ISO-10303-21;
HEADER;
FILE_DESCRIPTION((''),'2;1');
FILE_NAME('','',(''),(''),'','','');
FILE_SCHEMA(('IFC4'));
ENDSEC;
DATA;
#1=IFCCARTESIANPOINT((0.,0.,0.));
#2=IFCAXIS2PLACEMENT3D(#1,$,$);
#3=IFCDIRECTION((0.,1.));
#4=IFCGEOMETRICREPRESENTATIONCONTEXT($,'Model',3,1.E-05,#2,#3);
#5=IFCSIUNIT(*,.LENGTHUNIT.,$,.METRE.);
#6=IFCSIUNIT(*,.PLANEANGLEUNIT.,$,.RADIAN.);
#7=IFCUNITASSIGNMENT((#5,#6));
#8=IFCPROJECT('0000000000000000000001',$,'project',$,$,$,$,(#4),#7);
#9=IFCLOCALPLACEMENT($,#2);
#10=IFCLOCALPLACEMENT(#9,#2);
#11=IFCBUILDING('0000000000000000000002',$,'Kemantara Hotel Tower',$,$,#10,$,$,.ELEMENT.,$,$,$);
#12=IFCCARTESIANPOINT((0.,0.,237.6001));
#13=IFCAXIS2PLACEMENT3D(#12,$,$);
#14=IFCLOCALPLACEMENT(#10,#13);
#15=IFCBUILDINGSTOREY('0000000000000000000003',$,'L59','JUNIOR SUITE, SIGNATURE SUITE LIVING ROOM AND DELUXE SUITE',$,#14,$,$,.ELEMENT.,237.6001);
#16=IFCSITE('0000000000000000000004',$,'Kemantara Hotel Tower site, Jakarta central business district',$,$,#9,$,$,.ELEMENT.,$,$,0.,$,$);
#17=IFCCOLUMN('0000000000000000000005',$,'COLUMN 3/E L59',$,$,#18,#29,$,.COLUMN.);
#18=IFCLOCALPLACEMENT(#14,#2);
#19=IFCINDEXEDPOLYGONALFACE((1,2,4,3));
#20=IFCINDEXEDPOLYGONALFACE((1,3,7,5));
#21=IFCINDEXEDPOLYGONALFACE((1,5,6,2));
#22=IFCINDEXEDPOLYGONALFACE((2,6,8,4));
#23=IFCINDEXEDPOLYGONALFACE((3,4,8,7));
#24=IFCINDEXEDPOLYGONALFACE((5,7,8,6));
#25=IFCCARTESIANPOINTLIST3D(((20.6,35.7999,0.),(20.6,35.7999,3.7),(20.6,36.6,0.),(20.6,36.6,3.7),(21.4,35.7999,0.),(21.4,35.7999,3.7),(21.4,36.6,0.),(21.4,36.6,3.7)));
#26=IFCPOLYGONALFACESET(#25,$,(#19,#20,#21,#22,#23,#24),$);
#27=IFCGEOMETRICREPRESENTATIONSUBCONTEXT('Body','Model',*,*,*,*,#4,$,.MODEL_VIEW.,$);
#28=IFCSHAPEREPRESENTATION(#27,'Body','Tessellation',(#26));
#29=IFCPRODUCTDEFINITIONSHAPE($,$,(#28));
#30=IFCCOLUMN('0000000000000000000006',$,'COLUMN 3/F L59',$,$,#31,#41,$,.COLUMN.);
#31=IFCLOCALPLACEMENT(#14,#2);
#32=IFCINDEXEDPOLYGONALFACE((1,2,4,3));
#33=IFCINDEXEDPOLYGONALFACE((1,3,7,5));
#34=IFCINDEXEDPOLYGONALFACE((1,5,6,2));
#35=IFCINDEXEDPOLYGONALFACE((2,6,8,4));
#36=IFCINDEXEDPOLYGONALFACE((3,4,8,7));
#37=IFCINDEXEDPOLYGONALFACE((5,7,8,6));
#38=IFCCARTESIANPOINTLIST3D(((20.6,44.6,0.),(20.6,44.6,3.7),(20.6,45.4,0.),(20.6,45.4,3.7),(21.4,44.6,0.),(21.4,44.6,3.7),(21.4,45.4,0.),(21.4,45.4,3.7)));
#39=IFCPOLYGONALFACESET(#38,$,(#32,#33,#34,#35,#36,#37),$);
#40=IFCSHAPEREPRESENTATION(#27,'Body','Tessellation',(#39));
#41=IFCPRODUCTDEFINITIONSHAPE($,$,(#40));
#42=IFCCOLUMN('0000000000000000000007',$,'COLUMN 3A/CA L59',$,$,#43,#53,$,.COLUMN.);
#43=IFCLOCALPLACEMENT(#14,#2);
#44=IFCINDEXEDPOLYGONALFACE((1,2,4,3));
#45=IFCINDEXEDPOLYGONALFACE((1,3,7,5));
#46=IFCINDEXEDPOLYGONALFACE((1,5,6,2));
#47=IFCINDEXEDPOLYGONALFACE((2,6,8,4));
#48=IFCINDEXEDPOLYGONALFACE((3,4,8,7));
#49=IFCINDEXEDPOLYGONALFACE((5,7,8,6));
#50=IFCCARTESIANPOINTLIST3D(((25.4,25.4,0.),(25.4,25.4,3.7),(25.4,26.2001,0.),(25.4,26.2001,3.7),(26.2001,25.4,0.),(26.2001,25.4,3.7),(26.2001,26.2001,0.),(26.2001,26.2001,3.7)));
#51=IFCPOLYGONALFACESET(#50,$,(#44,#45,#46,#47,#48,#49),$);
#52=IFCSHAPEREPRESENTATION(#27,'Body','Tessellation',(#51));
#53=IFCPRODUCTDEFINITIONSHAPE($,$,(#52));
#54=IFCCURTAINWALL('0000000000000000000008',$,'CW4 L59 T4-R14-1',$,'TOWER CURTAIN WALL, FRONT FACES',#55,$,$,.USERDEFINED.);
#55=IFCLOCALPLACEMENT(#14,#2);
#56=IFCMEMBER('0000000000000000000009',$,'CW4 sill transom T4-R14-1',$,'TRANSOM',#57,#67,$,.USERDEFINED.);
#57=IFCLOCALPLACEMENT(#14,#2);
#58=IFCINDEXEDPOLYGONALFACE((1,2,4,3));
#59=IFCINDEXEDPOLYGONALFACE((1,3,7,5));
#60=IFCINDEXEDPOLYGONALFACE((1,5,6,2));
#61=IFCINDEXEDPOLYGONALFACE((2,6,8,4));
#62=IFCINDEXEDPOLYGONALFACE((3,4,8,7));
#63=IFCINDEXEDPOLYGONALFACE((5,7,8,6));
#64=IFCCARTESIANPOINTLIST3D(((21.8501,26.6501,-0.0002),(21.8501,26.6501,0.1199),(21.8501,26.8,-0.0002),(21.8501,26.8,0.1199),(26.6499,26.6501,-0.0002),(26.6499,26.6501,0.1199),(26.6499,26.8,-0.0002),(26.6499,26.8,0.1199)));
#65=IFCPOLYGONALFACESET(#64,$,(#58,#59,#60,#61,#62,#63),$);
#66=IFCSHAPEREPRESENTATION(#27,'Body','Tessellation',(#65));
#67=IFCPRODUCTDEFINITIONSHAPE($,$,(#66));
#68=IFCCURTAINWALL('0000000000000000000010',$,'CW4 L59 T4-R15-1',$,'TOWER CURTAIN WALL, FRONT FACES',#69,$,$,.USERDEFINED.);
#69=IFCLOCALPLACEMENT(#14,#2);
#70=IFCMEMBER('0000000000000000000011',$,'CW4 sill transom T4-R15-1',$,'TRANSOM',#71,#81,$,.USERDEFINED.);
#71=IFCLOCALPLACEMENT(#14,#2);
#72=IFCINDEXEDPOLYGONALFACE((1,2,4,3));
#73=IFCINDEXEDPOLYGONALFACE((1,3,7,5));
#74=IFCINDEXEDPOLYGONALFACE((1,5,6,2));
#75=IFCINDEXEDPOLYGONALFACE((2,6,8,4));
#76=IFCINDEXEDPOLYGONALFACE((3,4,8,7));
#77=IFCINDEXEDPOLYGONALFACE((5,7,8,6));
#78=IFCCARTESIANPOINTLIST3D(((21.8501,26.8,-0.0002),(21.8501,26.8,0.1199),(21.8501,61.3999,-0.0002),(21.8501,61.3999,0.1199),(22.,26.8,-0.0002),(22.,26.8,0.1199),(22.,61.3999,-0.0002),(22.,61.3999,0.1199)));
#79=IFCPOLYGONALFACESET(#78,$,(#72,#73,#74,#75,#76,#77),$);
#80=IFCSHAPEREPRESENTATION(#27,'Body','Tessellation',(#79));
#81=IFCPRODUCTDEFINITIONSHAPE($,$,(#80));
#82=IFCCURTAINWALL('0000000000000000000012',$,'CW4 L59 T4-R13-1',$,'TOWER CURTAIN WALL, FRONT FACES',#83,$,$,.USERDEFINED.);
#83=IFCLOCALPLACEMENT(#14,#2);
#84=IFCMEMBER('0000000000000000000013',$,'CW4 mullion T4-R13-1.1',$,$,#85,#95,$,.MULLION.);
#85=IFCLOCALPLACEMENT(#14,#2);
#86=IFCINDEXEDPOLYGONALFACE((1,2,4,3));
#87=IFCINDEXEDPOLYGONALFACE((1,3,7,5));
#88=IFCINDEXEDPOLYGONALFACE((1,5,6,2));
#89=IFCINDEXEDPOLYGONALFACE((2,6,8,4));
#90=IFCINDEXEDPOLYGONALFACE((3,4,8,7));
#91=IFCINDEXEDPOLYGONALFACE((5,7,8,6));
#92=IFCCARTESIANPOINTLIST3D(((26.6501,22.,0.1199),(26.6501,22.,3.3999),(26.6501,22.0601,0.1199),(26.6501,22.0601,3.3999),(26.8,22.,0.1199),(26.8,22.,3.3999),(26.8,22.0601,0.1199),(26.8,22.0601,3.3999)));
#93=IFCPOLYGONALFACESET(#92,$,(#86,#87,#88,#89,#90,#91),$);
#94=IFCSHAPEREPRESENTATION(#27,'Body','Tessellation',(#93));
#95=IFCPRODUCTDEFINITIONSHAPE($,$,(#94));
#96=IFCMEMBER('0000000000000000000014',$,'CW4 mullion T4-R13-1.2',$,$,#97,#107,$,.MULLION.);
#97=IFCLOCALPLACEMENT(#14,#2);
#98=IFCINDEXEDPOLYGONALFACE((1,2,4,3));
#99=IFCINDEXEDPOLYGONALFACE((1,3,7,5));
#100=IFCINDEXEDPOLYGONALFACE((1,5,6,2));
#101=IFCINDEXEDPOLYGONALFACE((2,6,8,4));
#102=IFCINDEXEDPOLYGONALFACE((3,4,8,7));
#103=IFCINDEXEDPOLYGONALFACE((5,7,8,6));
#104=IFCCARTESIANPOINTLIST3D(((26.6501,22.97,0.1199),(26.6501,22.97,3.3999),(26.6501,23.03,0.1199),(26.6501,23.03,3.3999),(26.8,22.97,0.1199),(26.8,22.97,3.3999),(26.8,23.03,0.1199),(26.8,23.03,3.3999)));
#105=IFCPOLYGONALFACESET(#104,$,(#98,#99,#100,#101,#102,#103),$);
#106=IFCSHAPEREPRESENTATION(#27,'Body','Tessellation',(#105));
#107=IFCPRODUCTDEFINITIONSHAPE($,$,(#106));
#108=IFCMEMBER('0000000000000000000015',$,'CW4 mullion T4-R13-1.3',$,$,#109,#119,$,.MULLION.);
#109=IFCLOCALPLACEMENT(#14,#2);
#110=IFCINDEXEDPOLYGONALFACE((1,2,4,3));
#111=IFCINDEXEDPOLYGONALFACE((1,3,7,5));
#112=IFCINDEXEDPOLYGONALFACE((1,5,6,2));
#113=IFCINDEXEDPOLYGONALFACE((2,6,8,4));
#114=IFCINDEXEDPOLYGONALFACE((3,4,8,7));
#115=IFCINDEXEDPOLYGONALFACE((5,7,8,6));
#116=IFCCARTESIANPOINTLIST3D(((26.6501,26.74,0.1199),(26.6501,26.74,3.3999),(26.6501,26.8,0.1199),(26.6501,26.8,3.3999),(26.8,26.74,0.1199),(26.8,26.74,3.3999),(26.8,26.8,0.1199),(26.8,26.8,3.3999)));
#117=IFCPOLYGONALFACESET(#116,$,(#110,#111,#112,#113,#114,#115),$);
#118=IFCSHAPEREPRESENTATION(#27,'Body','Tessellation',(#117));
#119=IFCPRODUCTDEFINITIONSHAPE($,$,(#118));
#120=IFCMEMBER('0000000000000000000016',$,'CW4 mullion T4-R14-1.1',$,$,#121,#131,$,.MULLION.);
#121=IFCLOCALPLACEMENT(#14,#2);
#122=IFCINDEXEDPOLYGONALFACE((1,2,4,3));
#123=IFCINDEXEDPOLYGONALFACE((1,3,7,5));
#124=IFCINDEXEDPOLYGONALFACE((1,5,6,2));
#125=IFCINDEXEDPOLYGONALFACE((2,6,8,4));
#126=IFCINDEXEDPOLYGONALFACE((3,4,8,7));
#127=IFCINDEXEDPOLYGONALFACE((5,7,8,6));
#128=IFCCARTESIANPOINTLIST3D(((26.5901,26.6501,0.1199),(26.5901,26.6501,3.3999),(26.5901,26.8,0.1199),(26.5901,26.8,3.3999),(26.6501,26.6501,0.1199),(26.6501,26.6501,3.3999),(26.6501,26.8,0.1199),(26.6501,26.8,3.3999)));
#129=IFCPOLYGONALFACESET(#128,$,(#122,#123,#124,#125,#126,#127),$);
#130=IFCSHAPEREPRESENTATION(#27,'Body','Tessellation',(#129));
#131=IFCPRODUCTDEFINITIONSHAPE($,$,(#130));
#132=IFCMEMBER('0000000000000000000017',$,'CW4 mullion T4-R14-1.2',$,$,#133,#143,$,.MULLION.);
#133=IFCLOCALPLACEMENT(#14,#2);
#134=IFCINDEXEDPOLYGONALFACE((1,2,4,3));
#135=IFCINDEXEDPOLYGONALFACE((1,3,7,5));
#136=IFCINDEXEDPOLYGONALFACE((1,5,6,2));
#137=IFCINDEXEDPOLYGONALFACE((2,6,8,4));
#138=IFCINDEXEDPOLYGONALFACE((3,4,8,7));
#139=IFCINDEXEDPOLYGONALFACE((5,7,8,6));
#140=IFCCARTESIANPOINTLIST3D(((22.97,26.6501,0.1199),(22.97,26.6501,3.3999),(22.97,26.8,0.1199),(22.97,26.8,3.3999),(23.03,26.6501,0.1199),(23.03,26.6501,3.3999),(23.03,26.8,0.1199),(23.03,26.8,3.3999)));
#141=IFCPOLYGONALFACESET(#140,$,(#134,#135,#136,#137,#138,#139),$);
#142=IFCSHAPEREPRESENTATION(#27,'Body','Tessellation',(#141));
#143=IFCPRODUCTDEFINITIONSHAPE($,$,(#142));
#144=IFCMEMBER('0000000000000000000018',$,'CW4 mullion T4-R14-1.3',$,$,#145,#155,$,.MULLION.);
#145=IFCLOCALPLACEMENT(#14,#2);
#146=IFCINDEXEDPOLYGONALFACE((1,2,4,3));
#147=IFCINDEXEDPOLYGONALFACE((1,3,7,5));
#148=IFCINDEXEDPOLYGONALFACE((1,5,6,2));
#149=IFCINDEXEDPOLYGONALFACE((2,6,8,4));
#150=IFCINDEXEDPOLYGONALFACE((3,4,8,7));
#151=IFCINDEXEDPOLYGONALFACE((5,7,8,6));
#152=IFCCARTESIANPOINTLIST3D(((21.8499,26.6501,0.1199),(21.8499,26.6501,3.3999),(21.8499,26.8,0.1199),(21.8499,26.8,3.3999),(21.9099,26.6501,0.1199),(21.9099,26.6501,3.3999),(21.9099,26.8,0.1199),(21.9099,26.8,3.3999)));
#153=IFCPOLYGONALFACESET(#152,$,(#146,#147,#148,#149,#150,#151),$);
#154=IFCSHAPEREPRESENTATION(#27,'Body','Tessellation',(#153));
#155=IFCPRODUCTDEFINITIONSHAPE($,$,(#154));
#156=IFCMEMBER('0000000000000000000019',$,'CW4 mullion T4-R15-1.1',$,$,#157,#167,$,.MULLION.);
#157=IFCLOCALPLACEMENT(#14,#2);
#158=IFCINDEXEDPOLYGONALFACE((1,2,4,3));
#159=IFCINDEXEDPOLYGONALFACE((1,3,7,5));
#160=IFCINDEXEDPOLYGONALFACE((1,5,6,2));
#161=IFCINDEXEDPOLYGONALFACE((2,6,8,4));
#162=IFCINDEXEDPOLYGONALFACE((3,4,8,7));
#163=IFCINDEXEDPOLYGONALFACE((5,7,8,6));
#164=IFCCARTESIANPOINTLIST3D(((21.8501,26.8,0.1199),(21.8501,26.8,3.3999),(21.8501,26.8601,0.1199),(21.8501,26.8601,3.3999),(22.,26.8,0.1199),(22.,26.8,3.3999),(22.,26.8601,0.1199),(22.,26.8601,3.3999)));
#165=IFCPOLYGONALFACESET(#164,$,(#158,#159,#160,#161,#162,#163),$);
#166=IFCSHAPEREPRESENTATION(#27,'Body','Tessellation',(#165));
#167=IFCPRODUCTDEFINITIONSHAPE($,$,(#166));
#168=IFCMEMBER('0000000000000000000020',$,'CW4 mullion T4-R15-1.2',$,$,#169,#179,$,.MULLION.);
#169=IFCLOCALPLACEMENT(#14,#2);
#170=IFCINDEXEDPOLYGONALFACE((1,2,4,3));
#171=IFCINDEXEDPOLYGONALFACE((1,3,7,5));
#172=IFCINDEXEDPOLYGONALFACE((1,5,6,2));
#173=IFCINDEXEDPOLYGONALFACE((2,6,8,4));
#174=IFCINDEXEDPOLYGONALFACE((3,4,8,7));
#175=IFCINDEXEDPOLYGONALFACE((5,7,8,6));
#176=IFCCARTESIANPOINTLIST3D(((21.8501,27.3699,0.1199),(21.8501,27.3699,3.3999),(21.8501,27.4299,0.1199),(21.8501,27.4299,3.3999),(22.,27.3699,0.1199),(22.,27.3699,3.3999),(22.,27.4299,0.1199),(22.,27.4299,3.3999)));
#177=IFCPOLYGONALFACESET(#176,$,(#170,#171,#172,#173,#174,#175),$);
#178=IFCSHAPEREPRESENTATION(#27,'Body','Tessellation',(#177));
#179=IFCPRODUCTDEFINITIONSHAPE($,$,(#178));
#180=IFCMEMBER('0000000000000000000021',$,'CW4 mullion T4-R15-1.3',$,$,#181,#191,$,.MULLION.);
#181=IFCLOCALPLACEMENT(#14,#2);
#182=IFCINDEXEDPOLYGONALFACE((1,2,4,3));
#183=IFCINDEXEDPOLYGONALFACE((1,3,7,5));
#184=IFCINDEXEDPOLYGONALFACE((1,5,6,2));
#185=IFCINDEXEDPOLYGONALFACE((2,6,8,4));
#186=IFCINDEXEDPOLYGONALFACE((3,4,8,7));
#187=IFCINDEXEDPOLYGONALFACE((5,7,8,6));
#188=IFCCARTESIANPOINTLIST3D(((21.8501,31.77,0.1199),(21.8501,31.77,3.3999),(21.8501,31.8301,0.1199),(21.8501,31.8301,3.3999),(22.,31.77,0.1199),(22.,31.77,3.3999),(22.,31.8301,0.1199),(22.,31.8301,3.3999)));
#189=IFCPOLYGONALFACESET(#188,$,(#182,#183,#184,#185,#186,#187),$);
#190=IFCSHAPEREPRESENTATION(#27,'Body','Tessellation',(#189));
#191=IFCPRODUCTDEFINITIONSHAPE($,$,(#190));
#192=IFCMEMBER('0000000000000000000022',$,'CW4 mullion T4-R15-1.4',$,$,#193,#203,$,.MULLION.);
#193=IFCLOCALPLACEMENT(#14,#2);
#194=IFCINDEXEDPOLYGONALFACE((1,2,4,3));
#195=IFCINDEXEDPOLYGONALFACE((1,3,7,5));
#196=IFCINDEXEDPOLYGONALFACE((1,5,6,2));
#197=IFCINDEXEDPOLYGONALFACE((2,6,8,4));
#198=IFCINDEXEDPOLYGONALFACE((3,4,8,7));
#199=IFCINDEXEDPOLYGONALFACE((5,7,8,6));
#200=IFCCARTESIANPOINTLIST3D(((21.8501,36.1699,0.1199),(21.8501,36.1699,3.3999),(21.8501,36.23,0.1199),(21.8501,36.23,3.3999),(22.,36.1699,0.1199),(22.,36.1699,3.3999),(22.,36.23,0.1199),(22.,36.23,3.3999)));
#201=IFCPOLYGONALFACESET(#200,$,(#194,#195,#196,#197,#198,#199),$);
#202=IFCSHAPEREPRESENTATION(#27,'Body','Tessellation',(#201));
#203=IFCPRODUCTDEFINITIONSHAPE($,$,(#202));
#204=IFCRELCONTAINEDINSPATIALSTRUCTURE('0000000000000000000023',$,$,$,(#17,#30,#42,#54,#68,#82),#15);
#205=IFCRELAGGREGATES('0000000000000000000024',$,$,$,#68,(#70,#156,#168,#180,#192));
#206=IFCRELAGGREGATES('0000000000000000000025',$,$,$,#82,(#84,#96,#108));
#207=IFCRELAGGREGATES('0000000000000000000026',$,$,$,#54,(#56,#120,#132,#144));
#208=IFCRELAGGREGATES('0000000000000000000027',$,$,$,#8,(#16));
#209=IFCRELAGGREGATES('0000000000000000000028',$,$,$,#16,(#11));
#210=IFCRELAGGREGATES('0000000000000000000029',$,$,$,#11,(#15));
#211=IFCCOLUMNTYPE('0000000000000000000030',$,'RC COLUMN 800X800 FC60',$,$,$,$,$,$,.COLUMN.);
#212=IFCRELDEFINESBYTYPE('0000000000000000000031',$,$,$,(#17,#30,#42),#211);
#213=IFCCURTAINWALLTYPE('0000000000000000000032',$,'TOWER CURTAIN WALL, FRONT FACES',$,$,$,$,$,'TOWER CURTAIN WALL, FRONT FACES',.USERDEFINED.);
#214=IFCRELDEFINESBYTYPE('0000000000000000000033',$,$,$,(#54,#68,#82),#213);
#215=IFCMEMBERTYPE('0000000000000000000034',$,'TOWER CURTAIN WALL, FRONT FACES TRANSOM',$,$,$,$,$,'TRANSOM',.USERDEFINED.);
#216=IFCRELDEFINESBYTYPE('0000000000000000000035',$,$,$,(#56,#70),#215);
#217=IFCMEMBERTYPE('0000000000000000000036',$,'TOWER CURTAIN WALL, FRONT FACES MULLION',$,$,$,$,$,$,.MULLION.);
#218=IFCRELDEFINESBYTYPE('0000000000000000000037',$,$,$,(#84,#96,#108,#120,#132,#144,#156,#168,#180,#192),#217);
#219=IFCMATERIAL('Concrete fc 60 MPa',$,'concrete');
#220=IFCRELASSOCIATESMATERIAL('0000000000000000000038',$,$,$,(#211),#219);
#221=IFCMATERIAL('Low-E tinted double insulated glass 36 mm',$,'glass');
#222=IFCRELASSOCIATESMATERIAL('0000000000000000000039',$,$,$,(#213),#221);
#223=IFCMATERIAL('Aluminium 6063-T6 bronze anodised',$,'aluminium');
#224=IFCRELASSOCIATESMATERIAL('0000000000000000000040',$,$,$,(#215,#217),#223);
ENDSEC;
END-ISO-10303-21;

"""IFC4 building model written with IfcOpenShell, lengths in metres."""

from ifc_helpers import new_model, si_unit, direction, frame, origin, origin_2d, place, context, subcontext, project, spatial, rectangle, extrude, source, transform, mapped, material, material_profile, profile_set, type_object, element, aggregate, save


model = new_model("IFC4")

# Units and contexts
model_context = context("Model", 3, precision=1e-05, world=origin(), true_north=direction((0.0, 1.0)))
body_context = subcontext(model_context, "Body", "Model", "MODEL_VIEW")
ifc_project = project(units=[si_unit("LENGTHUNIT", "METRE"), si_unit("PLANEANGLEUNIT", "RADIAN")], contexts=[model_context])

# Site, building, storey
site_placement = place(None, origin())
site = spatial("IfcSite", under=ifc_project, at=site_placement, Name="Kemantara Hotel Tower site, Jakarta central business district", CompositionType="ELEMENT", RefElevation=0.0)
building_placement = place(site_placement, origin())
building = spatial("IfcBuilding", under=site, at=building_placement, Name="Kemantara Hotel Tower", CompositionType="ELEMENT")
storey_placement = place(building_placement, frame((0.0, 0.0, 237.6001)))
storey = spatial("IfcBuildingStorey", under=building, at=storey_placement, Name="L59", Description="JUNIOR SUITE, SIGNATURE SUITE LIVING ROOM AND DELUXE SUITE", CompositionType="ELEMENT", Elevation=237.6001)

# Columns
ifc_material_1 = material(Name="Concrete fc 60 MPa", Category="concrete")
ifc_material_profile_1 = material_profile(ifc_material_1, rectangle(XDim=0.8, YDim=0.8, at=origin_2d()), Name="RC 800X800")
ifc_profile_set_1 = profile_set([ifc_material_profile_1], Name="Concrete fc 60 MPa")
column_type = type_object("IfcColumnType", Name="RC COLUMN 800X800 FC60", PredefinedType="COLUMN", material=ifc_profile_set_1)
for number, where, z_axis, x_axis, name in (
    (1, (21.0, 36.2, 0.0), (0.0, 0.0, 1.0), (1.0, 0.0, 0.0), "COLUMN 3/E L59"),
    (2, (21.0, 45.0, 0.0), (0.0, 0.0, 1.0), (1.0, 0.0, 0.0), "COLUMN 3/F L59"),
    (3, (25.8, 25.8, 0.0), (0.0, 0.0, 1.0), (1.0, 0.0, 0.0), "COLUMN 3A/CA L59"),
):
    element("IfcColumn", number, at=place(storey_placement, frame(where, z_axis=z_axis, x_axis=x_axis)), inside=storey, type_object=column_type, Name=name, PredefinedType="COLUMN", context=body_context, shape_type="SweptSolid", body=[
        extrude(rectangle(XDim=0.8, YDim=0.8, at=origin_2d()), origin(), (0.0, 0.0, 1.0), 3.7),
    ])

# Curtain walls, members
ifc_material_2 = material(Name="Low-E tinted double insulated glass 36 mm", Category="glass")
curtain_wall_type = type_object("IfcCurtainWallType", Name="TOWER CURTAIN WALL, FRONT FACES", ElementType="TOWER CURTAIN WALL, FRONT FACES", PredefinedType="USERDEFINED", material=ifc_material_2)
curtain_wall_1_placement = place(storey_placement, origin())
curtain_wall_1 = element("IfcCurtainWall", 4, at=curtain_wall_1_placement, inside=storey, type_object=curtain_wall_type, Name="CW4 L59 T4-R14-1", ObjectType="TOWER CURTAIN WALL, FRONT FACES", PredefinedType="USERDEFINED")
ifc_material_3 = material(Name="Aluminium 6063-T6 bronze anodised", Category="aluminium")
ifc_material_profile_2 = material_profile(ifc_material_3, rectangle(XDim=0.1499, YDim=0.1201, at=origin_2d()), Name="TOWER CURTAIN WALL, FRONT FACES TRANSOM")
ifc_profile_set_2 = profile_set([ifc_material_profile_2], Name="Aluminium 6063-T6 bronze anodised")
member_type_1 = type_object("IfcMemberType", Name="TOWER CURTAIN WALL, FRONT FACES TRANSOM", ElementType="TRANSOM", PredefinedType="USERDEFINED", material=ifc_profile_set_2)
member_1_placement = place(storey_placement, frame((26.6499, 26.7251, 0.0598), z_axis=(-1.0, 0.0, 0.0), x_axis=(0.0, -1.0, 0.0)))
member_1 = element("IfcMember", 5, at=member_1_placement, type_object=member_type_1, Name="CW4 sill transom T4-R14-1", ObjectType="TRANSOM", PredefinedType="USERDEFINED", context=body_context, shape_type="SweptSolid", body=[
    extrude(rectangle(XDim=0.1499, YDim=0.1201, at=origin_2d()), origin(), (0.0, 0.0, 1.0), 4.7998),
])
curtain_wall_2_placement = place(storey_placement, origin())
curtain_wall_2 = element("IfcCurtainWall", 6, at=curtain_wall_2_placement, inside=storey, type_object=curtain_wall_type, Name="CW4 L59 T4-R15-1", ObjectType="TOWER CURTAIN WALL, FRONT FACES", PredefinedType="USERDEFINED")
member_2_placement = place(storey_placement, frame((21.925, 26.8, 0.0598), z_axis=(0.0, 1.0, 0.0), x_axis=(-1.0, 0.0, 0.0)))
member_2 = element("IfcMember", 7, at=member_2_placement, type_object=member_type_1, Name="CW4 sill transom T4-R15-1", ObjectType="TRANSOM", PredefinedType="USERDEFINED", context=body_context, shape_type="SweptSolid", body=[
    extrude(rectangle(XDim=0.1499, YDim=0.1201, at=origin_2d()), origin(), (0.0, 0.0, 1.0), 34.5999),
])

# Curtain wall, members
curtain_wall_3_placement = place(storey_placement, origin())
curtain_wall_3 = element("IfcCurtainWall", 8, at=curtain_wall_3_placement, inside=storey, type_object=curtain_wall_type, Name="CW4 L59 T4-R13-1", ObjectType="TOWER CURTAIN WALL, FRONT FACES", PredefinedType="USERDEFINED")
ifc_material_profile_3 = material_profile(ifc_material_3, rectangle(XDim=0.1499, YDim=0.0601, at=origin_2d()), Name="TOWER CURTAIN WALL, FRONT FACES MULLION")
ifc_profile_set_3 = profile_set([ifc_material_profile_3], Name="Aluminium 6063-T6 bronze anodised")
member_type_2 = type_object("IfcMemberType", Name="TOWER CURTAIN WALL, FRONT FACES MULLION", PredefinedType="MULLION", material=ifc_profile_set_3)
shared_shape_1 = source(origin(), body_context, "Body", "SweptSolid", [
    extrude(rectangle(XDim=0.1499, YDim=0.0601, at=origin_2d()), origin(), (0.0, 0.0, 1.0), 3.28),
])
member_3_placement = place(storey_placement, frame((26.7251, 22.03, 0.1199), z_axis=(0.0, 0.0, 1.0), x_axis=(-1.0, 0.0, 0.0)))
member_3 = element("IfcMember", 9, at=member_3_placement, type_object=member_type_2, Name="CW4 mullion T4-R13-1.1", PredefinedType="MULLION", context=body_context, shape_type="MappedRepresentation", body=[
    mapped(shared_shape_1, transform((0.0, 0.0, 0.0))),
])
member_4_placement = place(storey_placement, frame((26.7251, 23.0, 0.1199), z_axis=(0.0, 0.0, 1.0), x_axis=(-1.0, 0.0, 0.0)))
member_4 = element("IfcMember", 10, at=member_4_placement, type_object=member_type_2, Name="CW4 mullion T4-R13-1.2", PredefinedType="MULLION", context=body_context, shape_type="MappedRepresentation", body=[
    mapped(shared_shape_1, transform((0.0, 0.0, 0.0))),
])
member_5_placement = place(storey_placement, frame((26.7251, 26.77, 0.1199), z_axis=(0.0, 0.0, 1.0), x_axis=(-1.0, 0.0, 0.0)))
member_5 = element("IfcMember", 11, at=member_5_placement, type_object=member_type_2, Name="CW4 mullion T4-R13-1.3", PredefinedType="MULLION", context=body_context, shape_type="MappedRepresentation", body=[
    mapped(shared_shape_1, transform((0.0, 0.0, 0.0))),
])

# Members
member_6_placement = place(storey_placement, frame((26.6201, 26.7251, 0.1199), z_axis=(0.0, 0.0, 1.0), x_axis=(0.0, -1.0, 0.0)))
member_6 = element("IfcMember", 12, at=member_6_placement, type_object=member_type_2, Name="CW4 mullion T4-R14-1.1", PredefinedType="MULLION", context=body_context, shape_type="MappedRepresentation", body=[
    mapped(shared_shape_1, transform((0.0, 0.0, 0.0))),
])
member_7_placement = place(storey_placement, frame((23.0, 26.7251, 0.1199), z_axis=(0.0, 0.0, 1.0), x_axis=(0.0, -1.0, 0.0)))
member_7 = element("IfcMember", 13, at=member_7_placement, type_object=member_type_2, Name="CW4 mullion T4-R14-1.2", PredefinedType="MULLION", context=body_context, shape_type="MappedRepresentation", body=[
    mapped(shared_shape_1, transform((0.0, 0.0, 0.0))),
])
member_8_placement = place(storey_placement, frame((21.8799, 26.7251, 0.1199), z_axis=(0.0, 0.0, 1.0), x_axis=(0.0, -1.0, 0.0)))
member_8 = element("IfcMember", 14, at=member_8_placement, type_object=member_type_2, Name="CW4 mullion T4-R14-1.3", PredefinedType="MULLION", context=body_context, shape_type="MappedRepresentation", body=[
    mapped(shared_shape_1, transform((0.0, 0.0, 0.0))),
])
member_9_placement = place(storey_placement, frame((21.925, 26.8301, 0.1199), z_axis=(0.0, 0.0, 1.0), x_axis=(-1.0, 0.0, 0.0)))
member_9 = element("IfcMember", 15, at=member_9_placement, type_object=member_type_2, Name="CW4 mullion T4-R15-1.1", PredefinedType="MULLION", context=body_context, shape_type="MappedRepresentation", body=[
    mapped(shared_shape_1, transform((0.0, 0.0, 0.0))),
])
member_10_placement = place(storey_placement, frame((21.925, 27.3999, 0.1199), z_axis=(0.0, 0.0, 1.0), x_axis=(-1.0, 0.0, 0.0)))
member_10 = element("IfcMember", 16, at=member_10_placement, type_object=member_type_2, Name="CW4 mullion T4-R15-1.2", PredefinedType="MULLION", context=body_context, shape_type="MappedRepresentation", body=[
    mapped(shared_shape_1, transform((0.0, 0.0, 0.0))),
])
member_11_placement = place(storey_placement, frame((21.925, 31.8, 0.1199), z_axis=(0.0, 0.0, 1.0), x_axis=(-1.0, 0.0, 0.0)))
member_11 = element("IfcMember", 17, at=member_11_placement, type_object=member_type_2, Name="CW4 mullion T4-R15-1.3", PredefinedType="MULLION", context=body_context, shape_type="MappedRepresentation", body=[
    mapped(shared_shape_1, transform((0.0, 0.0, 0.0))),
])
member_12_placement = place(storey_placement, frame((21.925, 36.2, 0.1199), z_axis=(0.0, 0.0, 1.0), x_axis=(-1.0, 0.0, 0.0)))
member_12 = element("IfcMember", 18, at=member_12_placement, type_object=member_type_2, Name="CW4 mullion T4-R15-1.4", PredefinedType="MULLION", context=body_context, shape_type="MappedRepresentation", body=[
    mapped(shared_shape_1, transform((0.0, 0.0, 0.0))),
])

aggregate(curtain_wall_2, [member_2, member_9, member_10, member_11, member_12])
aggregate(curtain_wall_3, [member_3, member_4, member_5])
aggregate(curtain_wall_1, [member_1, member_6, member_7, member_8])

save(model, "model.ifc")
